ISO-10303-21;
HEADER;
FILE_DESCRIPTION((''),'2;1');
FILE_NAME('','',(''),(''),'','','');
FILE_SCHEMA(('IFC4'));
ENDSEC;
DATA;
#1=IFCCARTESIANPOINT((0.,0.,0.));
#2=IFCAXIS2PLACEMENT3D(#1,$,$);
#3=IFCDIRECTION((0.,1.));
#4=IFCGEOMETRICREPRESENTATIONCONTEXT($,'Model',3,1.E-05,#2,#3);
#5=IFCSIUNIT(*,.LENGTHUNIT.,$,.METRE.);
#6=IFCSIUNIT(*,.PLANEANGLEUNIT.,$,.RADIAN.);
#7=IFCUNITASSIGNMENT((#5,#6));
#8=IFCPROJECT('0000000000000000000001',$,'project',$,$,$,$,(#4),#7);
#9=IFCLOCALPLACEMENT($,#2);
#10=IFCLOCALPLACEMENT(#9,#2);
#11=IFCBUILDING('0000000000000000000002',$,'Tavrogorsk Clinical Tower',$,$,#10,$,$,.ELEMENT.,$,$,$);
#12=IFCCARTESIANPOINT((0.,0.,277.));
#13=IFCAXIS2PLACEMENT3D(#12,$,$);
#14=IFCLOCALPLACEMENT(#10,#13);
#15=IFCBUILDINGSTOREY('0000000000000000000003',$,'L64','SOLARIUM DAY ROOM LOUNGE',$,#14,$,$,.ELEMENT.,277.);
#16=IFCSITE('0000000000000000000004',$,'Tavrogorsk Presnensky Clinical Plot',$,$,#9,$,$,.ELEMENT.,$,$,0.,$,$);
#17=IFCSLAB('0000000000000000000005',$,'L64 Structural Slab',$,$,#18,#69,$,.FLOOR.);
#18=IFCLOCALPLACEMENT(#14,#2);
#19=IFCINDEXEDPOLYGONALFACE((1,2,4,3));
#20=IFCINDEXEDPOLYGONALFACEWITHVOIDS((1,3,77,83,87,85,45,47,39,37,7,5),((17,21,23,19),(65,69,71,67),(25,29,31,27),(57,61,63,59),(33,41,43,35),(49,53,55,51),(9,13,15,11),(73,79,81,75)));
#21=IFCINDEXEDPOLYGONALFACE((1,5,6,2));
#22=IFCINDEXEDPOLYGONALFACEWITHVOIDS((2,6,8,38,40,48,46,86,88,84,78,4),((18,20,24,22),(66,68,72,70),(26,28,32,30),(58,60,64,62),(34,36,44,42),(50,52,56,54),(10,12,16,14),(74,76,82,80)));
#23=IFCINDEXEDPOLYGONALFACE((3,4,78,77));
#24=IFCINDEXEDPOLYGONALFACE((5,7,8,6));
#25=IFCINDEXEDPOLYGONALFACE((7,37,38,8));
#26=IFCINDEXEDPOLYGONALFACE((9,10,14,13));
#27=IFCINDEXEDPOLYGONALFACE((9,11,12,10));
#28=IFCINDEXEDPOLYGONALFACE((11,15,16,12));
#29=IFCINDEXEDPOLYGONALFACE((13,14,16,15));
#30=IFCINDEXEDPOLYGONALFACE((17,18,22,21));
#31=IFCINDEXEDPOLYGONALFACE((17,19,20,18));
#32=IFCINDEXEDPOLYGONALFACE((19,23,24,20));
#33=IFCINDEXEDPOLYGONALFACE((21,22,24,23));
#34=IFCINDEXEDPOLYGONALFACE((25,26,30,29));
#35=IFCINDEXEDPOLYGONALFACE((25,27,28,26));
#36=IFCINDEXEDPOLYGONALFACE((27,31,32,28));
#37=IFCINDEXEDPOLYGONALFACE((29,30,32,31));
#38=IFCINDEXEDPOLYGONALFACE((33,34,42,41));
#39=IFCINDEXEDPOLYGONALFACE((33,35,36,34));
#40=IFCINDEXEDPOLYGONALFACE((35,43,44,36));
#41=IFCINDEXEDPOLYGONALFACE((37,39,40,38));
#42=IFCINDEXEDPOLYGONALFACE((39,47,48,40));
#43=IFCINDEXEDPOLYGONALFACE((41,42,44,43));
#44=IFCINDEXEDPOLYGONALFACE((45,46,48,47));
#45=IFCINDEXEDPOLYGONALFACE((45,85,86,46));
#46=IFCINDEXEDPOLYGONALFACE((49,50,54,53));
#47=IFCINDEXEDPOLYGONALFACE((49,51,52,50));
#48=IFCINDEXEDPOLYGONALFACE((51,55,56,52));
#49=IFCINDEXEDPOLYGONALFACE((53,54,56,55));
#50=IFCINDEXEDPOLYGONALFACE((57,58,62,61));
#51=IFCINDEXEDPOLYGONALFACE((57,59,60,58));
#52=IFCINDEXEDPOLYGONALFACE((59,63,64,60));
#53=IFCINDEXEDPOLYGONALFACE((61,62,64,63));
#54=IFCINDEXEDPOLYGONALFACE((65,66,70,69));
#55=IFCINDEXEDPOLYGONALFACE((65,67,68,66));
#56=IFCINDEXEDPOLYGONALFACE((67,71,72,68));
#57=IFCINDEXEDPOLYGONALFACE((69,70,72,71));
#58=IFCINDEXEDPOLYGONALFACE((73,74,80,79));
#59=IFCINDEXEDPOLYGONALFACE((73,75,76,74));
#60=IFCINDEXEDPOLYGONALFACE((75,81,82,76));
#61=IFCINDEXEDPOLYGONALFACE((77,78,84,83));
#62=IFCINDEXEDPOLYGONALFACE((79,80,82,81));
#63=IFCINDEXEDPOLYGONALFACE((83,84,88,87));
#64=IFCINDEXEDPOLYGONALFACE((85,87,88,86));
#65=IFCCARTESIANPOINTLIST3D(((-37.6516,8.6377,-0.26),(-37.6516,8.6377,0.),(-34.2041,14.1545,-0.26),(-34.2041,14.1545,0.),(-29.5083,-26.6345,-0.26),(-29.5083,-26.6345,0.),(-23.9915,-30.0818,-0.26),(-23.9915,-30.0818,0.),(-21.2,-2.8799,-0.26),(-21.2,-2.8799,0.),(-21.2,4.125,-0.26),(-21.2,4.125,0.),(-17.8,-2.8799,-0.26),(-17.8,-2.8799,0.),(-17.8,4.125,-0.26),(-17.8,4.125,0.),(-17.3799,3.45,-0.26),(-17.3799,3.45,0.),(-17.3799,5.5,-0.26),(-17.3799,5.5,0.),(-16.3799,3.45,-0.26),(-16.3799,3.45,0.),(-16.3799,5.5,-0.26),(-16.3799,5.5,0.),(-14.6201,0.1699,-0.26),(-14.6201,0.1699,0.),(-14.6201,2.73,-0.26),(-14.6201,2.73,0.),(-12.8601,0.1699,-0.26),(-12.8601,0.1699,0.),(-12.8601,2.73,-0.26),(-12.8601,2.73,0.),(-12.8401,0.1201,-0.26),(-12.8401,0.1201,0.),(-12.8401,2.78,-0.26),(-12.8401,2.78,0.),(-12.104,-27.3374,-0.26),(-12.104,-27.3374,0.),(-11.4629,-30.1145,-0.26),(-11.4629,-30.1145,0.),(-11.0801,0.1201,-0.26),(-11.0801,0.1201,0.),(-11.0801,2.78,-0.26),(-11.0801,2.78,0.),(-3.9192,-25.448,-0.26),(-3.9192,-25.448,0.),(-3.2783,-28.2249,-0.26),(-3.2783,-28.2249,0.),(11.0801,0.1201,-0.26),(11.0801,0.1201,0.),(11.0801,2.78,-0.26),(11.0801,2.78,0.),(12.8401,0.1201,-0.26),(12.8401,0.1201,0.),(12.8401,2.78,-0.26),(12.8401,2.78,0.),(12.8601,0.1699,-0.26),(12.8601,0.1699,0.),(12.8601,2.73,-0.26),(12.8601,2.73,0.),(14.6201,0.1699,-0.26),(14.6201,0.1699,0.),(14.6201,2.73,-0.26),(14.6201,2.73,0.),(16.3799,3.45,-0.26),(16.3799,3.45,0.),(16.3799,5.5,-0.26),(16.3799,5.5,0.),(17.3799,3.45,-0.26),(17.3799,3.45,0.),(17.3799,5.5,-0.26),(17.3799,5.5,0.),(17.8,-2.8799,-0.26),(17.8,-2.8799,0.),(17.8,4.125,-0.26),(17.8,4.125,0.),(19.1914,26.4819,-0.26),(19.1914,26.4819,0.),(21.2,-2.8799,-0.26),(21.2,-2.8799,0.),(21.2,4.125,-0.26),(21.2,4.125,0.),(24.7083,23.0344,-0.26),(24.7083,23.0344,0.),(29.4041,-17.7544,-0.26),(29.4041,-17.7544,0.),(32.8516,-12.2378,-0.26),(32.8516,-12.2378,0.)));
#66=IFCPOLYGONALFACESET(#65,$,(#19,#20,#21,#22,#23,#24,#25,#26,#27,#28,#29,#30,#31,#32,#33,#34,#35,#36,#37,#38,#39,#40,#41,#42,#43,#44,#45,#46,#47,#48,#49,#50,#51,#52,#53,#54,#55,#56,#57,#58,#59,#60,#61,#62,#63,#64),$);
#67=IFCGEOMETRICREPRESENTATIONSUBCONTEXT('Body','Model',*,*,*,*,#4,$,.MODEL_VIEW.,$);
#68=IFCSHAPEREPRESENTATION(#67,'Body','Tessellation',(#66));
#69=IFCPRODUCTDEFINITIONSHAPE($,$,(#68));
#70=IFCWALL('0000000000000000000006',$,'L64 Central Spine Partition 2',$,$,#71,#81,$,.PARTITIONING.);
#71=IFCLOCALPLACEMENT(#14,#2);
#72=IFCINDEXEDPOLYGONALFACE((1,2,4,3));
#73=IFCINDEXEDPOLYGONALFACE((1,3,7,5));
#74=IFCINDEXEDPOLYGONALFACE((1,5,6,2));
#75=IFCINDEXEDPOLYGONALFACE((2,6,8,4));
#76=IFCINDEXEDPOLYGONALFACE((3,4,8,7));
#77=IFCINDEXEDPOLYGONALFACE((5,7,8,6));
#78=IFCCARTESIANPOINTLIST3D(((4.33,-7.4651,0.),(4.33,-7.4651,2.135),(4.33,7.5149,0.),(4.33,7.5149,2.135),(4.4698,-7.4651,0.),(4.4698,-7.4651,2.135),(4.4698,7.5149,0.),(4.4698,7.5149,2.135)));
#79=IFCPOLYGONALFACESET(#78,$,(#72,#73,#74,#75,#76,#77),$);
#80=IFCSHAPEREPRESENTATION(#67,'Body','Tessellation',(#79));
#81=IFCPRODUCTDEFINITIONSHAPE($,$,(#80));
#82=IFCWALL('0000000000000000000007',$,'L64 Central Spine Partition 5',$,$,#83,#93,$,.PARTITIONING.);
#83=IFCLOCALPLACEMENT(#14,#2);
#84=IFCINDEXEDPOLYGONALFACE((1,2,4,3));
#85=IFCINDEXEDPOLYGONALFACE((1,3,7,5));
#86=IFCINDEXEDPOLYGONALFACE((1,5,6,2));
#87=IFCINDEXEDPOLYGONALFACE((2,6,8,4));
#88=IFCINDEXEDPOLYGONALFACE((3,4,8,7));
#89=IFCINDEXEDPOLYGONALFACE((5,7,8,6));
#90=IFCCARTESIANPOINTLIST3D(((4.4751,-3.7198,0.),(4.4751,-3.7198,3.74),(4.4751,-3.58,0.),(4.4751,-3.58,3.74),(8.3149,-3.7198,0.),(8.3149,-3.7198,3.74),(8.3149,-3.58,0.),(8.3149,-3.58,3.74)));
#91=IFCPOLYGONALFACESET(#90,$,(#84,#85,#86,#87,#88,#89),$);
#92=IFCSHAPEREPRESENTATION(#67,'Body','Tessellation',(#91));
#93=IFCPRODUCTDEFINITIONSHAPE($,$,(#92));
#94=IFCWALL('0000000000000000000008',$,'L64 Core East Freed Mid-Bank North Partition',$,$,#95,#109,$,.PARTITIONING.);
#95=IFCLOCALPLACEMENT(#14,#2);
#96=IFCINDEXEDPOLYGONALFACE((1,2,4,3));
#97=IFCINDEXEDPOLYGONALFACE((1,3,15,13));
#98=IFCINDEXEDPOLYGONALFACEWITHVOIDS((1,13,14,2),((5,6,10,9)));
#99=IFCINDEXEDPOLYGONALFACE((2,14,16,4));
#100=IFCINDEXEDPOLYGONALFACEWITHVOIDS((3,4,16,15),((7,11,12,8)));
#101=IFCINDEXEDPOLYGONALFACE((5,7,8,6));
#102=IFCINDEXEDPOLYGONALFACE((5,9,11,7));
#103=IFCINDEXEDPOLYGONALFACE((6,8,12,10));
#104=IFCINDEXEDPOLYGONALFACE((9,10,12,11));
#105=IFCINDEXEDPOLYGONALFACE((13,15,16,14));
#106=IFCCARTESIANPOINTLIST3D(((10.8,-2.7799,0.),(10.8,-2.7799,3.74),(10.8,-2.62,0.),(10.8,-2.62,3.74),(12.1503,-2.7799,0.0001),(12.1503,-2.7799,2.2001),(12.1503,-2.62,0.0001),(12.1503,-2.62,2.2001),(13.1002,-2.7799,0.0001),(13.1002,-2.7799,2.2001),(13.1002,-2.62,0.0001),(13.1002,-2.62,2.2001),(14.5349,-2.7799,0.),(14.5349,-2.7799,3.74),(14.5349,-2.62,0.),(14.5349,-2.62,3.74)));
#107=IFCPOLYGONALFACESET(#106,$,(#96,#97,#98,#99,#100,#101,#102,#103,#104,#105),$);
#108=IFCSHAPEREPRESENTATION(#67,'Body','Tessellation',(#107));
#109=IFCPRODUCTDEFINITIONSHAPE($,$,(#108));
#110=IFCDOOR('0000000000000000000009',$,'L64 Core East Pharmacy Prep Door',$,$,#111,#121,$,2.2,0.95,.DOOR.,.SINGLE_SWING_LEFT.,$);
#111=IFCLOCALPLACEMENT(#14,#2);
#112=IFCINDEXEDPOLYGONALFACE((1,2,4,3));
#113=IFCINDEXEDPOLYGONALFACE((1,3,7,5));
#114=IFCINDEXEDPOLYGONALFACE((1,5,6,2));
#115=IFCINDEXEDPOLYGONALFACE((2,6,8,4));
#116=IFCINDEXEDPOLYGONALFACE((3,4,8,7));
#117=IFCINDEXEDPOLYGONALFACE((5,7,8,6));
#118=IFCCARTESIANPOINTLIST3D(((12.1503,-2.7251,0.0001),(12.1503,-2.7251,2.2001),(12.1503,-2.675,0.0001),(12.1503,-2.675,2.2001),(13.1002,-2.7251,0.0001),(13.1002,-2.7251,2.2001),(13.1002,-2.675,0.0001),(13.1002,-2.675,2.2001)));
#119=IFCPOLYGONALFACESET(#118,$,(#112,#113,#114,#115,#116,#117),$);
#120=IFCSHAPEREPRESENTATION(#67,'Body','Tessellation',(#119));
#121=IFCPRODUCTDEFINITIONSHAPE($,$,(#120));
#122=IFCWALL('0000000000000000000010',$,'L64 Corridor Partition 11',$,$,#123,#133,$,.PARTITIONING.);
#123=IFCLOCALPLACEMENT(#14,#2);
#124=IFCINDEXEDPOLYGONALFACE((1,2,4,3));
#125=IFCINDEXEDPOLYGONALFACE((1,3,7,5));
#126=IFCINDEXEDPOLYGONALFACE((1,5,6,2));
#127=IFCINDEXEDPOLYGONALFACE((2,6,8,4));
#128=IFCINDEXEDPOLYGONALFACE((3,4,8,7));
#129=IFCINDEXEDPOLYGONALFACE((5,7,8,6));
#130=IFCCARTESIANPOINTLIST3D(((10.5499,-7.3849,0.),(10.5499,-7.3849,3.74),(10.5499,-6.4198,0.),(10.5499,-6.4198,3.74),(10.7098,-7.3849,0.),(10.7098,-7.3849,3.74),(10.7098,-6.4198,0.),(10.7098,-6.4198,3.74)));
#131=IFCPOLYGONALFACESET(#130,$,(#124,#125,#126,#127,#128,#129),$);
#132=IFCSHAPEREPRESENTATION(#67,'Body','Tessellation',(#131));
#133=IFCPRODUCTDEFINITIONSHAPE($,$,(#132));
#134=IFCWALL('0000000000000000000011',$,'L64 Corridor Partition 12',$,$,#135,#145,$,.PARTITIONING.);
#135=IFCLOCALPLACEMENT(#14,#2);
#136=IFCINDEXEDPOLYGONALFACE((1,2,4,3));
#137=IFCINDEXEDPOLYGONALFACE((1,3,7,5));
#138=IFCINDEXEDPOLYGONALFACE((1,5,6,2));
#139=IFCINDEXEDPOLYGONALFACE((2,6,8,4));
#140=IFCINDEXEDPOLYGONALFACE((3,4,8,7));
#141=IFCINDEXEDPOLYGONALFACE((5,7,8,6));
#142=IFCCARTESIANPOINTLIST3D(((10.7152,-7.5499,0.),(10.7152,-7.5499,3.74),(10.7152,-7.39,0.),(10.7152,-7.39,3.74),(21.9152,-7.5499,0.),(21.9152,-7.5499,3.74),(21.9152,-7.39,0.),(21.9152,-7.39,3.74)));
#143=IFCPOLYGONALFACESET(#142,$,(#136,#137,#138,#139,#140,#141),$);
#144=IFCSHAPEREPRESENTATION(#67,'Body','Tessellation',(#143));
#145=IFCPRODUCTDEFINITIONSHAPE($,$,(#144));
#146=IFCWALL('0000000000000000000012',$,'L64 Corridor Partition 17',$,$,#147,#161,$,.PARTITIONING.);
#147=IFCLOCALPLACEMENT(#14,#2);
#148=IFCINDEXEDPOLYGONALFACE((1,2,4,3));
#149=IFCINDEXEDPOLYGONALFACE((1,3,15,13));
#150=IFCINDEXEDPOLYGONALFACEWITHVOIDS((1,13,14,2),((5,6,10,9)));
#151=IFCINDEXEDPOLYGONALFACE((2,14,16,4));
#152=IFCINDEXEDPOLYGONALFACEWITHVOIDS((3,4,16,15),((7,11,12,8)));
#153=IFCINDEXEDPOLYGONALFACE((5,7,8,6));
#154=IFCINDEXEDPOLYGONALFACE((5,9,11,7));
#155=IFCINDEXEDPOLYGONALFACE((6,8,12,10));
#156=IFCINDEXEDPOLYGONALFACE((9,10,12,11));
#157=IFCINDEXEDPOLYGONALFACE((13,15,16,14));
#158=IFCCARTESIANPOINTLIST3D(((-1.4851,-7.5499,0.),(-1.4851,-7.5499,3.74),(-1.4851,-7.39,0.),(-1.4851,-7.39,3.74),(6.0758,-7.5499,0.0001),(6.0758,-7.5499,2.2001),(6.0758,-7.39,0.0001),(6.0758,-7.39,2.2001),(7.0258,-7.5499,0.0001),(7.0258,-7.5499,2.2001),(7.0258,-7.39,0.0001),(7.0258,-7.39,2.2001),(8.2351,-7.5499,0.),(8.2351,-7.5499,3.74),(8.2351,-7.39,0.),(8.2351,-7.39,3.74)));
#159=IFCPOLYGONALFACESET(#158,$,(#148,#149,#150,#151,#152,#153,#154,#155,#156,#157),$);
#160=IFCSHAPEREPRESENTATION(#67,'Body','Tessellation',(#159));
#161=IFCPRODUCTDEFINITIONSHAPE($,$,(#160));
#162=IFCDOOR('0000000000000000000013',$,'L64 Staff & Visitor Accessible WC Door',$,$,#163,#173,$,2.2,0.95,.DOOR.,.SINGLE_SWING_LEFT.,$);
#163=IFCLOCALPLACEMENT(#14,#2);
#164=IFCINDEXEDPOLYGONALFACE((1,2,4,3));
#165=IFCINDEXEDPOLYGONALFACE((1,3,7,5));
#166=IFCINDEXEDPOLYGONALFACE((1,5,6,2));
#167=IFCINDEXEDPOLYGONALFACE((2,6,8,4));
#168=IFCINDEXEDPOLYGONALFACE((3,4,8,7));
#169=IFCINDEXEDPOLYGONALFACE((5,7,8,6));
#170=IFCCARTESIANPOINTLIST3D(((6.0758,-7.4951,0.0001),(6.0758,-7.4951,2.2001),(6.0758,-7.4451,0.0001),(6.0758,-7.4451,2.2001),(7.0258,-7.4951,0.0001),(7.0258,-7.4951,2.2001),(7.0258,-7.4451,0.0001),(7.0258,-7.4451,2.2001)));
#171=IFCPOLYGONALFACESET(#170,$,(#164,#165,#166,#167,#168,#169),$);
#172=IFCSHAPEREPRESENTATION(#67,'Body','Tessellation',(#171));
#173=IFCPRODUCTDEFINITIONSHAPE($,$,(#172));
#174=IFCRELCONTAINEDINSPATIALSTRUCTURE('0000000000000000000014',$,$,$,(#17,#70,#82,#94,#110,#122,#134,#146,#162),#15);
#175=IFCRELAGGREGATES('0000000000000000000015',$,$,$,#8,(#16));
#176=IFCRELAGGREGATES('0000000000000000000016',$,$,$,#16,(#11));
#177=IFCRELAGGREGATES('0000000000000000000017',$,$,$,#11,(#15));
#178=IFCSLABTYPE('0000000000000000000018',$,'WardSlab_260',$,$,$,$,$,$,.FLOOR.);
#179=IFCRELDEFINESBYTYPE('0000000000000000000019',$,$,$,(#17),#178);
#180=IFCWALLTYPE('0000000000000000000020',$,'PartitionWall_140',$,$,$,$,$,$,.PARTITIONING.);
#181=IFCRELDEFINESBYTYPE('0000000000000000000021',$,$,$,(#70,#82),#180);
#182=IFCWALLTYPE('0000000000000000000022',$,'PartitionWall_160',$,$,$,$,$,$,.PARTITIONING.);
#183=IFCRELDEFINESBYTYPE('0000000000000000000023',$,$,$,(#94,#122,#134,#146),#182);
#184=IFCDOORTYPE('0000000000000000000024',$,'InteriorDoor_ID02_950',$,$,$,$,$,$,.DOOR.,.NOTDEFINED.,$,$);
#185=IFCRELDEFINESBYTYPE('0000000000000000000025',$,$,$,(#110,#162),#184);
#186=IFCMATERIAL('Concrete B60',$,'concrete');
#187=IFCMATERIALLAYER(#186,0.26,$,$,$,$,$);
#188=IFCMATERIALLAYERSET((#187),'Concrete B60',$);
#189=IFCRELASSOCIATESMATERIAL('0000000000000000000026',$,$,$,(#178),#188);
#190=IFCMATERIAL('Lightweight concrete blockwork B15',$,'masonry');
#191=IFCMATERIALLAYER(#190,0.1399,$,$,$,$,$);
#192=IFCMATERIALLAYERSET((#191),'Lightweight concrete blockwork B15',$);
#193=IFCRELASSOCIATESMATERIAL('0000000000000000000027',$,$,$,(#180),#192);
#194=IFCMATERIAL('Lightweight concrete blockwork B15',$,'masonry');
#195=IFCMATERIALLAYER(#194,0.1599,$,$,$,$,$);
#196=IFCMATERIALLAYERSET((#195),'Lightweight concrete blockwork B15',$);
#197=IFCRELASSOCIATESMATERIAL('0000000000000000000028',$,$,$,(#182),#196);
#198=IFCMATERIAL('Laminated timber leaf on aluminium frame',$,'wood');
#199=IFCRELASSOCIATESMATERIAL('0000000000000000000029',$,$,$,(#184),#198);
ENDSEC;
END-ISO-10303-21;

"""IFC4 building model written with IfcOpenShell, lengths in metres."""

from ifc_helpers import new_model, si_unit, direction, frame, frame_2d, origin, place, context, subcontext, project, spatial, polyline, rectangle, outline, extrude, material, layer, layer_set, type_object, element, fill, save


model = new_model("IFC4")

# Units and contexts
model_context = context("Model", 3, precision=1e-05, world=origin(), true_north=direction((0.0, 1.0)))
body_context = subcontext(model_context, "Body", "Model", "MODEL_VIEW")
ifc_project = project(units=[si_unit("LENGTHUNIT", "METRE"), si_unit("PLANEANGLEUNIT", "RADIAN")], contexts=[model_context])

# Site, building, storey
site_placement = place(None, origin())
site = spatial("IfcSite", under=ifc_project, at=site_placement, Name="Tavrogorsk Presnensky Clinical Plot", CompositionType="ELEMENT", RefElevation=0.0)
building_placement = place(site_placement, origin())
building = spatial("IfcBuilding", under=site, at=building_placement, Name="Tavrogorsk Clinical Tower", CompositionType="ELEMENT")
storey_placement = place(building_placement, frame((0.0, 0.0, 277.0)))
storey = spatial("IfcBuildingStorey", under=building, at=storey_placement, Name="L64", Description="SOLARIUM DAY ROOM LOUNGE", CompositionType="ELEMENT", Elevation=277.0)

# Slab
ifc_material_1 = material(Name="Concrete B60", Category="concrete")
ifc_layer_1 = layer(ifc_material_1, 0.26)
ifc_layer_set_1 = layer_set([ifc_layer_1], Name="Concrete B60")
slab_type_1 = type_object("IfcSlabType", Name="WardSlab_260", PredefinedType="FLOOR", material=ifc_layer_set_1)
slab_1_placement = place(storey_placement, frame((0.0, 0.0, -0.26)))
element("IfcSlab", 1, at=slab_1_placement, inside=storey, type_object=slab_type_1, Name="L64 Structural Slab", PredefinedType="FLOOR", context=body_context, shape_type="SweptSolid", body=[
    extrude(outline(polyline([(-23.9915, -30.0818), (-29.5083, -26.6345), (-37.6516, 8.6377), (-34.2041, 14.1545), (19.1914, 26.4819), (24.7083, 23.0344), (32.8516, -12.2378), (29.4041, -17.7544), (-3.9192, -25.448), (-3.2783, -28.2249), (-11.4629, -30.1145), (-12.104, -27.3374), (-23.9915, -30.0818)]), holes=[polyline([(-17.8, -2.8799), (-17.8, 4.125), (-21.2, 4.125), (-21.2, -2.8799), (-17.8, -2.8799)]), polyline([(21.2, -2.8799), (21.2, 4.125), (17.8, 4.125), (17.8, -2.8799), (21.2, -2.8799)]), polyline([(-14.6201, 0.1699), (-12.8601, 0.1699), (-12.8601, 2.73), (-14.6201, 2.73), (-14.6201, 0.1699)]), polyline([(-12.8401, 0.1201), (-11.0801, 0.1201), (-11.0801, 2.78), (-12.8401, 2.78), (-12.8401, 0.1201)]), polyline([(12.8601, 0.1699), (14.6201, 0.1699), (14.6201, 2.73), (12.8601, 2.73), (12.8601, 0.1699)]), polyline([(11.0801, 0.1201), (12.8401, 0.1201), (12.8401, 2.78), (11.0801, 2.78), (11.0801, 0.1201)]), polyline([(-17.3799, 3.45), (-16.3799, 3.45), (-16.3799, 5.5), (-17.3799, 5.5), (-17.3799, 3.45)]), polyline([(16.3799, 3.45), (17.3799, 3.45), (17.3799, 5.5), (16.3799, 5.5), (16.3799, 3.45)])]), origin(), (0.0, 0.0, 1.0), 0.26),
])

# Walls
ifc_material_2 = material(Name="Lightweight concrete blockwork B15", Category="masonry")
ifc_layer_2 = layer(ifc_material_2, 0.1399)
ifc_layer_set_2 = layer_set([ifc_layer_2], Name="Lightweight concrete blockwork B15")
wall_type_1 = type_object("IfcWallType", Name="PartitionWall_140", PredefinedType="PARTITIONING", material=ifc_layer_set_2)
wall_1_placement = place(storey_placement, frame((4.3999, -7.4651, 0.0), z_axis=(0.0, 0.0, 1.0), x_axis=(0.0, 1.0, 0.0)))
element("IfcWall", 2, at=wall_1_placement, inside=storey, type_object=wall_type_1, Name="L64 Central Spine Partition 2", PredefinedType="PARTITIONING", context=body_context, shape_type="SweptSolid", body=[
    extrude(rectangle(XDim=14.98, YDim=0.1399, at=frame_2d((7.49, 0.0))), origin(), (0.0, 0.0, 1.0), 2.135),
])
wall_2_placement = place(storey_placement, frame((4.4751, -3.6499, 0.0), z_axis=(0.0, 0.0, 1.0), x_axis=(1.0, 0.0, 0.0)))
element("IfcWall", 3, at=wall_2_placement, inside=storey, type_object=wall_type_1, Name="L64 Central Spine Partition 5", PredefinedType="PARTITIONING", context=body_context, shape_type="SweptSolid", body=[
    extrude(rectangle(XDim=3.8398, YDim=0.1399, at=frame_2d((1.9199, 0.0))), origin(), (0.0, 0.0, 1.0), 3.74),
])

# Wall, opening, door
ifc_material_3 = material(Name="Lightweight concrete blockwork B15", Category="masonry")
ifc_layer_3 = layer(ifc_material_3, 0.1599)
ifc_layer_set_3 = layer_set([ifc_layer_3], Name="Lightweight concrete blockwork B15")
wall_type_2 = type_object("IfcWallType", Name="PartitionWall_160", PredefinedType="PARTITIONING", material=ifc_layer_set_3)
wall_3_placement = place(storey_placement, frame((10.8, -2.7, 0.0), z_axis=(0.0, 0.0, 1.0), x_axis=(1.0, 0.0, 0.0)))
wall_3 = element("IfcWall", 4, at=wall_3_placement, inside=storey, type_object=wall_type_2, Name="L64 Core East Freed Mid-Bank North Partition", PredefinedType="PARTITIONING", context=body_context, shape_type="SweptSolid", body=[
    extrude(rectangle(XDim=3.7349, YDim=0.1599, at=frame_2d((1.8674, 0.0))), origin(), (0.0, 0.0, 1.0), 3.74),
])
opening_1_placement = place(wall_3_placement, frame((1.3501, 0.0, 0.0)))
opening_1 = element("IfcOpeningElement", 5, at=opening_1_placement, cuts=wall_3, PredefinedType="OPENING", context=body_context, shape_type="SweptSolid", body=[
    extrude(rectangle(XDim=0.95, YDim=2.2, at=frame_2d((0.4751, 1.1001))), frame((0.0, 0.0898, 0.0), z_axis=(0.0, -1.0, 0.0), x_axis=(1.0, 0.0, 0.0)), (0.0, 0.0, 1.0), 0.1799),
])
ifc_material_4 = material(Name="Laminated timber leaf on aluminium frame", Category="wood")
door_type = type_object("IfcDoorType", Name="InteriorDoor_ID02_950", OperationType="NOTDEFINED", PredefinedType="DOOR", material=ifc_material_4)
door_1_placement = place(opening_1_placement, origin())
door_1 = element("IfcDoor", 6, at=door_1_placement, inside=storey, type_object=door_type, Name="L64 Core East Pharmacy Prep Door", OperationType="SINGLE_SWING_LEFT", OverallHeight=2.2, OverallWidth=0.95, PredefinedType="DOOR", context=body_context, shape_type="SweptSolid", body=[
    extrude(rectangle(XDim=0.95, YDim=2.2, at=frame_2d((0.4751, 1.1001))), frame((0.0, 0.0249, 0.0), z_axis=(0.0, -1.0, 0.0), x_axis=(1.0, 0.0, 0.0)), (0.0, 0.0, 1.0), 0.05),
])
fill(opening_1, door_1)

# Walls
wall_4_placement = place(storey_placement, frame((10.6299, -6.4199, 0.0), z_axis=(0.0, 0.0, 1.0), x_axis=(0.0, -1.0, 0.0)))
element("IfcWall", 7, at=wall_4_placement, inside=storey, type_object=wall_type_2, Name="L64 Corridor Partition 11", PredefinedType="PARTITIONING", context=body_context, shape_type="SweptSolid", body=[
    extrude(rectangle(XDim=0.9651, YDim=0.1599, at=frame_2d((0.4824, 0.0))), origin(), (0.0, 0.0, 1.0), 3.74),
])
wall_5_placement = place(storey_placement, frame((10.7151, -7.47, 0.0), z_axis=(0.0, 0.0, 1.0), x_axis=(1.0, 0.0, 0.0)))
element("IfcWall", 8, at=wall_5_placement, inside=storey, type_object=wall_type_2, Name="L64 Corridor Partition 12", PredefinedType="PARTITIONING", context=body_context, shape_type="SweptSolid", body=[
    extrude(rectangle(XDim=11.2, YDim=0.1599, at=frame_2d((5.6001, 0.0))), origin(), (0.0, 0.0, 1.0), 3.74),
])

# Wall, opening, door
wall_6_placement = place(storey_placement, frame((-1.4851, -7.47, 0.0), z_axis=(0.0, 0.0, 1.0), x_axis=(1.0, 0.0, 0.0)))
wall_6 = element("IfcWall", 9, at=wall_6_placement, inside=storey, type_object=wall_type_2, Name="L64 Corridor Partition 17", PredefinedType="PARTITIONING", context=body_context, shape_type="SweptSolid", body=[
    extrude(rectangle(XDim=9.7202, YDim=0.1599, at=frame_2d((4.8601, 0.0))), origin(), (0.0, 0.0, 1.0), 3.74),
])
opening_2_placement = place(wall_6_placement, frame((7.5608, 0.0, 0.0)))
opening_2 = element("IfcOpeningElement", 10, at=opening_2_placement, cuts=wall_6, PredefinedType="OPENING", context=body_context, shape_type="SweptSolid", body=[
    extrude(rectangle(XDim=0.95, YDim=2.2, at=frame_2d((0.4751, 1.1001))), frame((0.0, 0.0898, 0.0), z_axis=(0.0, -1.0, 0.0), x_axis=(1.0, 0.0, 0.0)), (0.0, 0.0, 1.0), 0.1799),
])
door_2_placement = place(opening_2_placement, origin())
door_2 = element("IfcDoor", 11, at=door_2_placement, inside=storey, type_object=door_type, Name="L64 Staff & Visitor Accessible WC Door", OperationType="SINGLE_SWING_LEFT", OverallHeight=2.2, OverallWidth=0.95, PredefinedType="DOOR", context=body_context, shape_type="SweptSolid", body=[
    extrude(rectangle(XDim=0.95, YDim=2.2, at=frame_2d((0.4751, 1.1001))), frame((0.0, 0.0249, 0.0), z_axis=(0.0, -1.0, 0.0), x_axis=(1.0, 0.0, 0.0)), (0.0, 0.0, 1.0), 0.05),
])
fill(opening_2, door_2)

save(model, "model.ifc")
